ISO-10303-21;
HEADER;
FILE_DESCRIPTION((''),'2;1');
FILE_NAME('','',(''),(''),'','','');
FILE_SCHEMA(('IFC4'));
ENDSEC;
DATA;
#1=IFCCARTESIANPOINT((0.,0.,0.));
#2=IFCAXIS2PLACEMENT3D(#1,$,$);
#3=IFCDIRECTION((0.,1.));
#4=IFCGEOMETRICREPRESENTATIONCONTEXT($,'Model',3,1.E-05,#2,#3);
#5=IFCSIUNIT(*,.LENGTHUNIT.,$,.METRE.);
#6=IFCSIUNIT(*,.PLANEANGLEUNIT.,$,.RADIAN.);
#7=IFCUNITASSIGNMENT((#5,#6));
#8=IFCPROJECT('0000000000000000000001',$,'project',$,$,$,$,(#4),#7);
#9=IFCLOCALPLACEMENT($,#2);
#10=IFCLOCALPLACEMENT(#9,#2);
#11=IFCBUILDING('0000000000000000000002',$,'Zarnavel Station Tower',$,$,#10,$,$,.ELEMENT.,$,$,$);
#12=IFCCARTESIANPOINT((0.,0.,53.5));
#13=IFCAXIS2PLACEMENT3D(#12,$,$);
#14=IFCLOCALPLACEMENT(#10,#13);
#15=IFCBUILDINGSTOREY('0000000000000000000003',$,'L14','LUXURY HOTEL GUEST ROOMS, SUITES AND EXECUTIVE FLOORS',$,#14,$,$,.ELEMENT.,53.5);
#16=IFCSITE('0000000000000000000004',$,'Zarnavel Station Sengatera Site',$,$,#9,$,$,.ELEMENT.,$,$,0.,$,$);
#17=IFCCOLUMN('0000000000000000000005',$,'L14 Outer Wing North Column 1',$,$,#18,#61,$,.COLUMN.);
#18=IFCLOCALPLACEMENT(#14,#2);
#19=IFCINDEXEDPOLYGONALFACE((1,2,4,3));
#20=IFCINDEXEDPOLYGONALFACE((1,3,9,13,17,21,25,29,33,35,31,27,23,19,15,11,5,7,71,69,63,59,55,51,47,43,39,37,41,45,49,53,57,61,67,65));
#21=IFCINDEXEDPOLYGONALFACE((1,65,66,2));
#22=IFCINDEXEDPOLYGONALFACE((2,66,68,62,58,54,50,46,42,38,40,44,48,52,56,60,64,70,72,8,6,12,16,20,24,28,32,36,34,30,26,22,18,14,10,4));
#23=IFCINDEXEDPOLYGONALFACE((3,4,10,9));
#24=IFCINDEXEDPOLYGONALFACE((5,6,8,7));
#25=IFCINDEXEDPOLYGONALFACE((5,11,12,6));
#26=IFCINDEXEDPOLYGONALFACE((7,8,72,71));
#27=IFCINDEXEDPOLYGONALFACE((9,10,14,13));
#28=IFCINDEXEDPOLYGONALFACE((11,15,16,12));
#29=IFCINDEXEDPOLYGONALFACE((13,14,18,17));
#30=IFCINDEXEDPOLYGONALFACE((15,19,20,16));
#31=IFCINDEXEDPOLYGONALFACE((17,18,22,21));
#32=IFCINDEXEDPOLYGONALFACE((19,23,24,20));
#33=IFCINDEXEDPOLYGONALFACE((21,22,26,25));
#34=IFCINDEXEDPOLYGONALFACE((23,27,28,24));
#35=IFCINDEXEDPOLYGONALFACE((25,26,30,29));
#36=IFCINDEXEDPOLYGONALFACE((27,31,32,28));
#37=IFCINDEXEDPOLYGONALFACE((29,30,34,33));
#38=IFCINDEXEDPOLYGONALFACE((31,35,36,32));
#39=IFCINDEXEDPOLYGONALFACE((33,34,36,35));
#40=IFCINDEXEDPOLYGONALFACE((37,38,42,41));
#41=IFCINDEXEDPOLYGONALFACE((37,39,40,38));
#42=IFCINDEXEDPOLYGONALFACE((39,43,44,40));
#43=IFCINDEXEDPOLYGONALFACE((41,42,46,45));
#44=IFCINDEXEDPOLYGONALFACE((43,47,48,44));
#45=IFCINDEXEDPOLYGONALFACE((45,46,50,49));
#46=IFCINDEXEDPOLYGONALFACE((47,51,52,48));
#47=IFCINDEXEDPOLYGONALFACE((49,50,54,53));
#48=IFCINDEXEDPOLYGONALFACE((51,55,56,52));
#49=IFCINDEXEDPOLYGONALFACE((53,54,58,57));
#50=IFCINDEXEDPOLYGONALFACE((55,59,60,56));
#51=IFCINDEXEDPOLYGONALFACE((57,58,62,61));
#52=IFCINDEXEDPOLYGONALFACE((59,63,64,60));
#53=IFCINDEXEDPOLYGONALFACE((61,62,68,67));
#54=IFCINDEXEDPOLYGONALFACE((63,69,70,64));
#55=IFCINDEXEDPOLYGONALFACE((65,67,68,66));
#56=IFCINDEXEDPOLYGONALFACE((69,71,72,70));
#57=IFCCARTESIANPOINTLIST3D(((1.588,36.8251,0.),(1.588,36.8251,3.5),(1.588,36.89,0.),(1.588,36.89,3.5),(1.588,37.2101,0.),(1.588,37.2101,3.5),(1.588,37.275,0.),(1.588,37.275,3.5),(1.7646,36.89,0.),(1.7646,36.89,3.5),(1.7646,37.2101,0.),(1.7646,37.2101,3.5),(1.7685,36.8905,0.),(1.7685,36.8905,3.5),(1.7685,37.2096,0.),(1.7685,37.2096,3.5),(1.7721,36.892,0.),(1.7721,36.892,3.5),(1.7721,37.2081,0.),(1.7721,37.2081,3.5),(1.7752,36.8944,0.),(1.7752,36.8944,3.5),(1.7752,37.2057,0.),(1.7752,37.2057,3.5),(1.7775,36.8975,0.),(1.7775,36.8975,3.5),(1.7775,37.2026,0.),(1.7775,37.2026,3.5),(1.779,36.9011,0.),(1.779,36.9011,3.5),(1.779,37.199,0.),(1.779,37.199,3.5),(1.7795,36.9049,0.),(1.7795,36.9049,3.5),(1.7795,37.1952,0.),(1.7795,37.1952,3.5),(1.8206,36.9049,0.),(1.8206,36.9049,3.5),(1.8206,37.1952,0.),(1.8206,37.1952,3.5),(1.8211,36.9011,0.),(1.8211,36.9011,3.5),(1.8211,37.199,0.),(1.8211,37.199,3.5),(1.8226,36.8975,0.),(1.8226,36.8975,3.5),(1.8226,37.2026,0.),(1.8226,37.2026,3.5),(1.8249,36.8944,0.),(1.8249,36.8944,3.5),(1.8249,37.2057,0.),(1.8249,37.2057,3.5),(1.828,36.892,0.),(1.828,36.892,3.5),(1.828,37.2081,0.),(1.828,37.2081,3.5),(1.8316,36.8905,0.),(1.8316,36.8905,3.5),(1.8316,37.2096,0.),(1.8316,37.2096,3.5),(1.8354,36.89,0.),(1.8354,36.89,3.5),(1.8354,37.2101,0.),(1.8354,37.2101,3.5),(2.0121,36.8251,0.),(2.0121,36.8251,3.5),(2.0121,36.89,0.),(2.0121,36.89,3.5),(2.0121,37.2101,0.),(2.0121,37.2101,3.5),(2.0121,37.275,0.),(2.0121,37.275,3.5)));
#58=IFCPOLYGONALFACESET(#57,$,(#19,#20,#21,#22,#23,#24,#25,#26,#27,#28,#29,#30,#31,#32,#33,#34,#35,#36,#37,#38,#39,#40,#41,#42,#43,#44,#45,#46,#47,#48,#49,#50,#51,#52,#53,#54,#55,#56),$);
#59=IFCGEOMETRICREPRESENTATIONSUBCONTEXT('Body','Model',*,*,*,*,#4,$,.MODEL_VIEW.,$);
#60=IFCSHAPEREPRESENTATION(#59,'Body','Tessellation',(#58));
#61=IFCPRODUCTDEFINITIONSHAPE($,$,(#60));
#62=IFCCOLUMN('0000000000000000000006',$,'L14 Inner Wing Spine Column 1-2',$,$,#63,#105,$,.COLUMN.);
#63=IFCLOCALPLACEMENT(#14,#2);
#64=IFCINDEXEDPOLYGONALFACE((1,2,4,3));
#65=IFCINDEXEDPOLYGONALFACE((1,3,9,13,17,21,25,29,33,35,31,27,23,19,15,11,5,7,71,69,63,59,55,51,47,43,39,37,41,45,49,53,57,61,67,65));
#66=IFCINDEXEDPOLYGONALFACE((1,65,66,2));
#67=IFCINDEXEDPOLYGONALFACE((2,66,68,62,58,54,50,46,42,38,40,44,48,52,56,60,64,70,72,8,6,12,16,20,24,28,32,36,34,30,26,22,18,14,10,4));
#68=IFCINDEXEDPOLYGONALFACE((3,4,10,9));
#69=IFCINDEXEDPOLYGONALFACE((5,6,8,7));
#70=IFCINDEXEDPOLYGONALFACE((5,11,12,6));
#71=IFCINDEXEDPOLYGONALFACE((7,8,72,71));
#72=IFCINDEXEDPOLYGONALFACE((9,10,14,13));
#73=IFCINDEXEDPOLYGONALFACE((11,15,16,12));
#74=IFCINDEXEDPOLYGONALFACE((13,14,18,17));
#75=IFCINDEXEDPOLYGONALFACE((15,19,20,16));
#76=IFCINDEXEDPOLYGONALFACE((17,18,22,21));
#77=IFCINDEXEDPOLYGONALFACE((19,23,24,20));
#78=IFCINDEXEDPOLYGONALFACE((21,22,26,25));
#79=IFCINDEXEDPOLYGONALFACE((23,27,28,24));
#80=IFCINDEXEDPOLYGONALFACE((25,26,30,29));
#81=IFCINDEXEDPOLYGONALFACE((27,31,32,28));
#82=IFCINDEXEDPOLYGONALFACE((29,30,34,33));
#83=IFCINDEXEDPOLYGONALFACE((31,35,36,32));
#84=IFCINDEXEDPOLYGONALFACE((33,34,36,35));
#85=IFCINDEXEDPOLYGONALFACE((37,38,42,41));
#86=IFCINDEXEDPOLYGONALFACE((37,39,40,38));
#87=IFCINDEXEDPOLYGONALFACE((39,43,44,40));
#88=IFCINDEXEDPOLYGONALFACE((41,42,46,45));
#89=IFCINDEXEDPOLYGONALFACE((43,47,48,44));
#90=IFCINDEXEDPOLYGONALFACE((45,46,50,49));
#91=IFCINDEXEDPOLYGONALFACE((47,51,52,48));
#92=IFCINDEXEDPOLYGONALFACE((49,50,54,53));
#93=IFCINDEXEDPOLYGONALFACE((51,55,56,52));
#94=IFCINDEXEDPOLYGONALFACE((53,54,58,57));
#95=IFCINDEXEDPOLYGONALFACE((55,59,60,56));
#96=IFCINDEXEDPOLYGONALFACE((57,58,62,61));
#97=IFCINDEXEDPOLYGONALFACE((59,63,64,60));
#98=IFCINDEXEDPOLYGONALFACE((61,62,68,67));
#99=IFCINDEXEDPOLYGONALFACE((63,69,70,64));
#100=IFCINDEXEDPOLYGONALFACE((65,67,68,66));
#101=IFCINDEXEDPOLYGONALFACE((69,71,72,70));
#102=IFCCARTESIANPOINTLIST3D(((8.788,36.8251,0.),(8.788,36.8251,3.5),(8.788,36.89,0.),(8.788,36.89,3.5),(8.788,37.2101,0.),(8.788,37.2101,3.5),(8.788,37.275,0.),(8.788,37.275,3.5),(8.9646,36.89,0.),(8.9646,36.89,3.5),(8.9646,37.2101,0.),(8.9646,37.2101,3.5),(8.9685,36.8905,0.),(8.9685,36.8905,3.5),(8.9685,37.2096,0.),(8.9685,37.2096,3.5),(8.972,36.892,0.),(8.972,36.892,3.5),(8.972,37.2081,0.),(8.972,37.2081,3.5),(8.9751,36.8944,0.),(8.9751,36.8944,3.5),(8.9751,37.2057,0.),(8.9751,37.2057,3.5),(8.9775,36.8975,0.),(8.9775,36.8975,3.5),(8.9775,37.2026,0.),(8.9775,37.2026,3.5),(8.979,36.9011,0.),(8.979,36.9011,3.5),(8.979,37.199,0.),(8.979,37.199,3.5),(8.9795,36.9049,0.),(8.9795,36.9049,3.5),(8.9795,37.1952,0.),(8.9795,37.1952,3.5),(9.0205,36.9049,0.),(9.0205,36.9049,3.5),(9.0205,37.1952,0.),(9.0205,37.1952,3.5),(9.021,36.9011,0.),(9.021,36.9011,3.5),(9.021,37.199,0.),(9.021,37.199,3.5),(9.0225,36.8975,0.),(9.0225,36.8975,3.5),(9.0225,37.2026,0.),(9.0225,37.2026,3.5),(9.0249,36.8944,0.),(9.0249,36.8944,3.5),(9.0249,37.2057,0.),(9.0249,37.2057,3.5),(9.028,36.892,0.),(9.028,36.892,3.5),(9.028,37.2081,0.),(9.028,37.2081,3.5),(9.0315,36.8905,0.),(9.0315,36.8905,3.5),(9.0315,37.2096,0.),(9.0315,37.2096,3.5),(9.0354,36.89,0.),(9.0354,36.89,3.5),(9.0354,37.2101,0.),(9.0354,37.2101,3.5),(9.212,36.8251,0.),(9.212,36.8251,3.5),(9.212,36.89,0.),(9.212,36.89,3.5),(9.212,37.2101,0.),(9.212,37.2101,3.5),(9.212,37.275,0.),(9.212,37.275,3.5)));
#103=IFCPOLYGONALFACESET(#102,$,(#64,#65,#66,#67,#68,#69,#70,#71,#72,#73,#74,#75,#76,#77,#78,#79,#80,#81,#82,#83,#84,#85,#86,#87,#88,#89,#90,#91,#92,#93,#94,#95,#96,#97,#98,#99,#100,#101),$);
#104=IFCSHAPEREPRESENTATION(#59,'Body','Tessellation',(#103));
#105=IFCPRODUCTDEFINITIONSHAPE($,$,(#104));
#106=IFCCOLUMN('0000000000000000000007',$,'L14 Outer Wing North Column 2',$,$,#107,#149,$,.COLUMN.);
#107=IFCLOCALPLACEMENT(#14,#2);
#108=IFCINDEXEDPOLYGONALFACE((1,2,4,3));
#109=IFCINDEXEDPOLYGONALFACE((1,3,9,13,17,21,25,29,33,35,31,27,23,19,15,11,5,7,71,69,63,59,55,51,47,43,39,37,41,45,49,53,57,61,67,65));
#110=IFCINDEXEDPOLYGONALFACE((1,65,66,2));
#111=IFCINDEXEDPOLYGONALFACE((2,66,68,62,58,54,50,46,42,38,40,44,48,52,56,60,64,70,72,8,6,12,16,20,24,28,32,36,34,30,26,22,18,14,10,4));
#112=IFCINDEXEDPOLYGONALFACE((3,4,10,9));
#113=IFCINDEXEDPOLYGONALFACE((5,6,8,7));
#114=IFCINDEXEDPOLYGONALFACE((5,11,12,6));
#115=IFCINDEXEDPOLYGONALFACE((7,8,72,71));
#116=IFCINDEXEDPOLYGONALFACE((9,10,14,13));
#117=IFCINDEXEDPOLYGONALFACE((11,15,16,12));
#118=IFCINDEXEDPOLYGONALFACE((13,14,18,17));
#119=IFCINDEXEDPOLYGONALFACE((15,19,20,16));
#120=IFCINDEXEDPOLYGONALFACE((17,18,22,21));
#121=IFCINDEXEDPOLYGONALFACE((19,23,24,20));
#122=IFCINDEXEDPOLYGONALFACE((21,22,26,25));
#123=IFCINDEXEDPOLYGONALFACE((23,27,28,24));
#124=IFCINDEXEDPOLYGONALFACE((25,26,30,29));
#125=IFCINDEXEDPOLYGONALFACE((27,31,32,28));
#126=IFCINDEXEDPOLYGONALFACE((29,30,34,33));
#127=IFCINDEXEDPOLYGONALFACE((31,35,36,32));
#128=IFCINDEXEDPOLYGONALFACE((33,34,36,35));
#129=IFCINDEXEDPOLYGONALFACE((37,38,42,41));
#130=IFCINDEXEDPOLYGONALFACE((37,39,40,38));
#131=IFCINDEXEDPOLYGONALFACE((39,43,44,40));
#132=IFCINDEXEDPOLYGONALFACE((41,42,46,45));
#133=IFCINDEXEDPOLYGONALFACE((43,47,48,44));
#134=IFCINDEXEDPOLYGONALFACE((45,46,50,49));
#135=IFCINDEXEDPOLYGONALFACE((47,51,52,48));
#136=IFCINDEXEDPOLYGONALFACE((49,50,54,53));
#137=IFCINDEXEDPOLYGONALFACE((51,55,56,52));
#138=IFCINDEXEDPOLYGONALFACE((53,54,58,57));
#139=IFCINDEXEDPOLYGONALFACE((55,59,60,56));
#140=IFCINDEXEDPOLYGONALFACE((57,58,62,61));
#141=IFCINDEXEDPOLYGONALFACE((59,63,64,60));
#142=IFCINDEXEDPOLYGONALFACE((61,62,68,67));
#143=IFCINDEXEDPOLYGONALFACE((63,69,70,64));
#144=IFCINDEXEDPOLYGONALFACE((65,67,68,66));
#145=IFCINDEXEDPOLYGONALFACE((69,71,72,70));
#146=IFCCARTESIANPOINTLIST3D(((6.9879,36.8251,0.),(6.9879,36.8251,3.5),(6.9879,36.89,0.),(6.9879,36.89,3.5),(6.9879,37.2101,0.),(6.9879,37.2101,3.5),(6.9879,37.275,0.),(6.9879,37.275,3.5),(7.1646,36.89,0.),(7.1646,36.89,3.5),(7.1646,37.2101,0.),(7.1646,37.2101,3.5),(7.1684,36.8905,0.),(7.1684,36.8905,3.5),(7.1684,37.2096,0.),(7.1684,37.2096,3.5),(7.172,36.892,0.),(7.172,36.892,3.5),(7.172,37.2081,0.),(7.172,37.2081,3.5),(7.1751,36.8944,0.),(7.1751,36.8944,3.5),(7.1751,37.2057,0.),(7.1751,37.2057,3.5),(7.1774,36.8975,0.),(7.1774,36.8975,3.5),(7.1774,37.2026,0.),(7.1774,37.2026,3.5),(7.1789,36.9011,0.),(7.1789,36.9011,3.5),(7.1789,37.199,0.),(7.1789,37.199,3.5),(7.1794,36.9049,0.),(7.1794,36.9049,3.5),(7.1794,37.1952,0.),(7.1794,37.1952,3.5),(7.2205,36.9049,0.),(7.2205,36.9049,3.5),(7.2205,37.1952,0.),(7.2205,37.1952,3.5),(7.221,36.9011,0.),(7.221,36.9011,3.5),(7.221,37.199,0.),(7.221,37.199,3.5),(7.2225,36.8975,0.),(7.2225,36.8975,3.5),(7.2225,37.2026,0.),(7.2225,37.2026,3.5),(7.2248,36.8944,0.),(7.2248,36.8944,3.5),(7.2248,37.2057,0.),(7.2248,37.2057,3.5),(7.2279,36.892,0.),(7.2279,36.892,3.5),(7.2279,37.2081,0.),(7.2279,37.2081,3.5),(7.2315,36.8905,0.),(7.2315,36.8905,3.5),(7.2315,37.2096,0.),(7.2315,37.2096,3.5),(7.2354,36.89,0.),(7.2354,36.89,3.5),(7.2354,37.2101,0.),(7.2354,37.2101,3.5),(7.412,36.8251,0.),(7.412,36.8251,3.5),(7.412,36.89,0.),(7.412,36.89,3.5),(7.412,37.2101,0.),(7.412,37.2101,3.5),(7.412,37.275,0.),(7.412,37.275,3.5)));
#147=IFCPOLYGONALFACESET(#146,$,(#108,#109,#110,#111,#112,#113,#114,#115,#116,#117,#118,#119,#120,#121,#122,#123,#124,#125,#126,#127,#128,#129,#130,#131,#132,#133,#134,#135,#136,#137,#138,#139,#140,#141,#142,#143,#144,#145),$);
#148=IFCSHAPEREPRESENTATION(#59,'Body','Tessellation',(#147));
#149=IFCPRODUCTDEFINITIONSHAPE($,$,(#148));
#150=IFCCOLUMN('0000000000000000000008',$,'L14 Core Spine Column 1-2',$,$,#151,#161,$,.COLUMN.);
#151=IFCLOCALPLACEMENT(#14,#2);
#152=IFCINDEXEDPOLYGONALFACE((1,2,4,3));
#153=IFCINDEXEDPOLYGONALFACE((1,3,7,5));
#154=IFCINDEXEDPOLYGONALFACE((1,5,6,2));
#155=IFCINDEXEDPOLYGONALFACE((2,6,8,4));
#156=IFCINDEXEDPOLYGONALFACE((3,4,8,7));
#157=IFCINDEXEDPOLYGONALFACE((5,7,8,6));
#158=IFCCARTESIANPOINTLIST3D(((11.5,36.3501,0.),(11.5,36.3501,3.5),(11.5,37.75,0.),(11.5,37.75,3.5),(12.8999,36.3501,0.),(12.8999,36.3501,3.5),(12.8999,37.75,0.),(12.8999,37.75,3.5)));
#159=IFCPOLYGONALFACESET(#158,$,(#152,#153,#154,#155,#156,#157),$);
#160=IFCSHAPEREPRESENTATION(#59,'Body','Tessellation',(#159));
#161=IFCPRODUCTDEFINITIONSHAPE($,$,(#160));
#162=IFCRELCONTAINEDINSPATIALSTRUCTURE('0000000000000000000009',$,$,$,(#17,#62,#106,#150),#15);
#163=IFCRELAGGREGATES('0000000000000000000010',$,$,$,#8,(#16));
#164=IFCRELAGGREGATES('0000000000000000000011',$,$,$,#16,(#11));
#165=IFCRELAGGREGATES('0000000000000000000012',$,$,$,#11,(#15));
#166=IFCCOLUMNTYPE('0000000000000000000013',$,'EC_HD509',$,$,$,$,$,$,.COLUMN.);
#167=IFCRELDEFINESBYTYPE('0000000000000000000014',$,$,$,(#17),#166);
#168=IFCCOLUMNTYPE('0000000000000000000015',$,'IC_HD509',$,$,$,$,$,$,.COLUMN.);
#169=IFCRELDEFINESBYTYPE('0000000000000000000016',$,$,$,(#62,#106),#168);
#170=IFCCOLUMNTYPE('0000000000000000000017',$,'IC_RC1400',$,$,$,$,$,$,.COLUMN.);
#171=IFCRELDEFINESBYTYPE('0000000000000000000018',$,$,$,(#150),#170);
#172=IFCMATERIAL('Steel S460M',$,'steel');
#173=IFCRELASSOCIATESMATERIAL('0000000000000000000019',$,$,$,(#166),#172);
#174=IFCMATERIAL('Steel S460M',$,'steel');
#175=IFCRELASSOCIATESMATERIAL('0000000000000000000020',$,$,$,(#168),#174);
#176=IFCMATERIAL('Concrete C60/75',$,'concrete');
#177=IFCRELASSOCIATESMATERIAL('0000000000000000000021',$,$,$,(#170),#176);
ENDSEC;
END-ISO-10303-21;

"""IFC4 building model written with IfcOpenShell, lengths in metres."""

from ifc_helpers import new_model, si_unit, direction, frame, origin, origin_2d, place, context, subcontext, project, spatial, rectangle, i_section, extrude, material, material_profile, profile_set, type_object, element, save


model = new_model("IFC4")

# Units and contexts
model_context = context("Model", 3, precision=1e-05, world=origin(), true_north=direction((0.0, 1.0)))
body_context = subcontext(model_context, "Body", "Model", "MODEL_VIEW")
ifc_project = project(units=[si_unit("LENGTHUNIT", "METRE"), si_unit("PLANEANGLEUNIT", "RADIAN")], contexts=[model_context])

# Site, building, storey
site_placement = place(None, origin())
site = spatial("IfcSite", under=ifc_project, at=site_placement, Name="Zarnavel Station Sengatera Site", CompositionType="ELEMENT", RefElevation=0.0)
building_placement = place(site_placement, origin())
building = spatial("IfcBuilding", under=site, at=building_placement, Name="Zarnavel Station Tower", CompositionType="ELEMENT")
storey_placement = place(building_placement, frame((0.0, 0.0, 53.5)))
storey = spatial("IfcBuildingStorey", under=building, at=storey_placement, Name="L14", Description="LUXURY HOTEL GUEST ROOMS, SUITES AND EXECUTIVE FLOORS", CompositionType="ELEMENT", Elevation=53.5)

# Columns
ifc_material_1 = material(Name="Steel S460M", Category="steel")
ifc_material_profile_1 = material_profile(ifc_material_1, i_section(OverallWidth=0.4241, OverallDepth=0.45, WebThickness=0.041, FlangeThickness=0.0649, FilletRadius=0.0149, at=origin_2d()), Name="HD400x509")
ifc_profile_set_1 = profile_set([ifc_material_profile_1], Name="Steel S460M")
column_type_1 = type_object("IfcColumnType", Name="EC_HD509", PredefinedType="COLUMN", material=ifc_profile_set_1)
column_1_placement = place(storey_placement, frame((1.8, 37.05, 0.0), z_axis=(0.0, 0.0, 1.0), x_axis=(1.0, 0.0, 0.0)))
element("IfcColumn", 1, at=column_1_placement, inside=storey, type_object=column_type_1, Name="L14 Outer Wing North Column 1", PredefinedType="COLUMN", context=body_context, shape_type="SweptSolid", body=[
    extrude(i_section(OverallWidth=0.4241, OverallDepth=0.45, WebThickness=0.041, FlangeThickness=0.0649, FilletRadius=0.0149, at=origin_2d()), origin(), (0.0, 0.0, 1.0), 3.5),
])
ifc_material_2 = material(Name="Steel S460M", Category="steel")
ifc_material_profile_2 = material_profile(ifc_material_2, i_section(OverallWidth=0.4241, OverallDepth=0.45, WebThickness=0.041, FlangeThickness=0.0649, FilletRadius=0.0149, at=origin_2d()), Name="HD400x509")
ifc_profile_set_2 = profile_set([ifc_material_profile_2], Name="Steel S460M")
column_type_2 = type_object("IfcColumnType", Name="IC_HD509", PredefinedType="COLUMN", material=ifc_profile_set_2)
for number, where, z_axis, x_axis, name in (
    (2, (9.0, 37.05, 0.0), (0.0, 0.0, 1.0), (1.0, 0.0, 0.0), "L14 Inner Wing Spine Column 1-2"),
    (3, (7.2, 37.05, 0.0), (0.0, 0.0, 1.0), (1.0, 0.0, 0.0), "L14 Outer Wing North Column 2"),
):
    element("IfcColumn", number, at=place(storey_placement, frame(where, z_axis=z_axis, x_axis=x_axis)), inside=storey, type_object=column_type_2, Name=name, PredefinedType="COLUMN", context=body_context, shape_type="SweptSolid", body=[
        extrude(i_section(OverallWidth=0.4241, OverallDepth=0.45, WebThickness=0.041, FlangeThickness=0.0649, FilletRadius=0.0149, at=origin_2d()), origin(), (0.0, 0.0, 1.0), 3.5),
    ])
ifc_material_3 = material(Name="Concrete C60/75", Category="concrete")
ifc_material_profile_3 = material_profile(ifc_material_3, rectangle(XDim=1.3999, YDim=1.3999, at=origin_2d()), Name="RC1400x1400")
ifc_profile_set_3 = profile_set([ifc_material_profile_3], Name="Concrete C60/75")
column_type_3 = type_object("IfcColumnType", Name="IC_RC1400", PredefinedType="COLUMN", material=ifc_profile_set_3)
column_2_placement = place(storey_placement, frame((12.2, 37.05, 0.0), z_axis=(0.0, 0.0, 1.0), x_axis=(1.0, 0.0, 0.0)))
element("IfcColumn", 4, at=column_2_placement, inside=storey, type_object=column_type_3, Name="L14 Core Spine Column 1-2", PredefinedType="COLUMN", context=body_context, shape_type="SweptSolid", body=[
    extrude(rectangle(XDim=1.3999, YDim=1.3999, at=origin_2d()), origin(), (0.0, 0.0, 1.0), 3.5),
])

save(model, "model.ifc")
